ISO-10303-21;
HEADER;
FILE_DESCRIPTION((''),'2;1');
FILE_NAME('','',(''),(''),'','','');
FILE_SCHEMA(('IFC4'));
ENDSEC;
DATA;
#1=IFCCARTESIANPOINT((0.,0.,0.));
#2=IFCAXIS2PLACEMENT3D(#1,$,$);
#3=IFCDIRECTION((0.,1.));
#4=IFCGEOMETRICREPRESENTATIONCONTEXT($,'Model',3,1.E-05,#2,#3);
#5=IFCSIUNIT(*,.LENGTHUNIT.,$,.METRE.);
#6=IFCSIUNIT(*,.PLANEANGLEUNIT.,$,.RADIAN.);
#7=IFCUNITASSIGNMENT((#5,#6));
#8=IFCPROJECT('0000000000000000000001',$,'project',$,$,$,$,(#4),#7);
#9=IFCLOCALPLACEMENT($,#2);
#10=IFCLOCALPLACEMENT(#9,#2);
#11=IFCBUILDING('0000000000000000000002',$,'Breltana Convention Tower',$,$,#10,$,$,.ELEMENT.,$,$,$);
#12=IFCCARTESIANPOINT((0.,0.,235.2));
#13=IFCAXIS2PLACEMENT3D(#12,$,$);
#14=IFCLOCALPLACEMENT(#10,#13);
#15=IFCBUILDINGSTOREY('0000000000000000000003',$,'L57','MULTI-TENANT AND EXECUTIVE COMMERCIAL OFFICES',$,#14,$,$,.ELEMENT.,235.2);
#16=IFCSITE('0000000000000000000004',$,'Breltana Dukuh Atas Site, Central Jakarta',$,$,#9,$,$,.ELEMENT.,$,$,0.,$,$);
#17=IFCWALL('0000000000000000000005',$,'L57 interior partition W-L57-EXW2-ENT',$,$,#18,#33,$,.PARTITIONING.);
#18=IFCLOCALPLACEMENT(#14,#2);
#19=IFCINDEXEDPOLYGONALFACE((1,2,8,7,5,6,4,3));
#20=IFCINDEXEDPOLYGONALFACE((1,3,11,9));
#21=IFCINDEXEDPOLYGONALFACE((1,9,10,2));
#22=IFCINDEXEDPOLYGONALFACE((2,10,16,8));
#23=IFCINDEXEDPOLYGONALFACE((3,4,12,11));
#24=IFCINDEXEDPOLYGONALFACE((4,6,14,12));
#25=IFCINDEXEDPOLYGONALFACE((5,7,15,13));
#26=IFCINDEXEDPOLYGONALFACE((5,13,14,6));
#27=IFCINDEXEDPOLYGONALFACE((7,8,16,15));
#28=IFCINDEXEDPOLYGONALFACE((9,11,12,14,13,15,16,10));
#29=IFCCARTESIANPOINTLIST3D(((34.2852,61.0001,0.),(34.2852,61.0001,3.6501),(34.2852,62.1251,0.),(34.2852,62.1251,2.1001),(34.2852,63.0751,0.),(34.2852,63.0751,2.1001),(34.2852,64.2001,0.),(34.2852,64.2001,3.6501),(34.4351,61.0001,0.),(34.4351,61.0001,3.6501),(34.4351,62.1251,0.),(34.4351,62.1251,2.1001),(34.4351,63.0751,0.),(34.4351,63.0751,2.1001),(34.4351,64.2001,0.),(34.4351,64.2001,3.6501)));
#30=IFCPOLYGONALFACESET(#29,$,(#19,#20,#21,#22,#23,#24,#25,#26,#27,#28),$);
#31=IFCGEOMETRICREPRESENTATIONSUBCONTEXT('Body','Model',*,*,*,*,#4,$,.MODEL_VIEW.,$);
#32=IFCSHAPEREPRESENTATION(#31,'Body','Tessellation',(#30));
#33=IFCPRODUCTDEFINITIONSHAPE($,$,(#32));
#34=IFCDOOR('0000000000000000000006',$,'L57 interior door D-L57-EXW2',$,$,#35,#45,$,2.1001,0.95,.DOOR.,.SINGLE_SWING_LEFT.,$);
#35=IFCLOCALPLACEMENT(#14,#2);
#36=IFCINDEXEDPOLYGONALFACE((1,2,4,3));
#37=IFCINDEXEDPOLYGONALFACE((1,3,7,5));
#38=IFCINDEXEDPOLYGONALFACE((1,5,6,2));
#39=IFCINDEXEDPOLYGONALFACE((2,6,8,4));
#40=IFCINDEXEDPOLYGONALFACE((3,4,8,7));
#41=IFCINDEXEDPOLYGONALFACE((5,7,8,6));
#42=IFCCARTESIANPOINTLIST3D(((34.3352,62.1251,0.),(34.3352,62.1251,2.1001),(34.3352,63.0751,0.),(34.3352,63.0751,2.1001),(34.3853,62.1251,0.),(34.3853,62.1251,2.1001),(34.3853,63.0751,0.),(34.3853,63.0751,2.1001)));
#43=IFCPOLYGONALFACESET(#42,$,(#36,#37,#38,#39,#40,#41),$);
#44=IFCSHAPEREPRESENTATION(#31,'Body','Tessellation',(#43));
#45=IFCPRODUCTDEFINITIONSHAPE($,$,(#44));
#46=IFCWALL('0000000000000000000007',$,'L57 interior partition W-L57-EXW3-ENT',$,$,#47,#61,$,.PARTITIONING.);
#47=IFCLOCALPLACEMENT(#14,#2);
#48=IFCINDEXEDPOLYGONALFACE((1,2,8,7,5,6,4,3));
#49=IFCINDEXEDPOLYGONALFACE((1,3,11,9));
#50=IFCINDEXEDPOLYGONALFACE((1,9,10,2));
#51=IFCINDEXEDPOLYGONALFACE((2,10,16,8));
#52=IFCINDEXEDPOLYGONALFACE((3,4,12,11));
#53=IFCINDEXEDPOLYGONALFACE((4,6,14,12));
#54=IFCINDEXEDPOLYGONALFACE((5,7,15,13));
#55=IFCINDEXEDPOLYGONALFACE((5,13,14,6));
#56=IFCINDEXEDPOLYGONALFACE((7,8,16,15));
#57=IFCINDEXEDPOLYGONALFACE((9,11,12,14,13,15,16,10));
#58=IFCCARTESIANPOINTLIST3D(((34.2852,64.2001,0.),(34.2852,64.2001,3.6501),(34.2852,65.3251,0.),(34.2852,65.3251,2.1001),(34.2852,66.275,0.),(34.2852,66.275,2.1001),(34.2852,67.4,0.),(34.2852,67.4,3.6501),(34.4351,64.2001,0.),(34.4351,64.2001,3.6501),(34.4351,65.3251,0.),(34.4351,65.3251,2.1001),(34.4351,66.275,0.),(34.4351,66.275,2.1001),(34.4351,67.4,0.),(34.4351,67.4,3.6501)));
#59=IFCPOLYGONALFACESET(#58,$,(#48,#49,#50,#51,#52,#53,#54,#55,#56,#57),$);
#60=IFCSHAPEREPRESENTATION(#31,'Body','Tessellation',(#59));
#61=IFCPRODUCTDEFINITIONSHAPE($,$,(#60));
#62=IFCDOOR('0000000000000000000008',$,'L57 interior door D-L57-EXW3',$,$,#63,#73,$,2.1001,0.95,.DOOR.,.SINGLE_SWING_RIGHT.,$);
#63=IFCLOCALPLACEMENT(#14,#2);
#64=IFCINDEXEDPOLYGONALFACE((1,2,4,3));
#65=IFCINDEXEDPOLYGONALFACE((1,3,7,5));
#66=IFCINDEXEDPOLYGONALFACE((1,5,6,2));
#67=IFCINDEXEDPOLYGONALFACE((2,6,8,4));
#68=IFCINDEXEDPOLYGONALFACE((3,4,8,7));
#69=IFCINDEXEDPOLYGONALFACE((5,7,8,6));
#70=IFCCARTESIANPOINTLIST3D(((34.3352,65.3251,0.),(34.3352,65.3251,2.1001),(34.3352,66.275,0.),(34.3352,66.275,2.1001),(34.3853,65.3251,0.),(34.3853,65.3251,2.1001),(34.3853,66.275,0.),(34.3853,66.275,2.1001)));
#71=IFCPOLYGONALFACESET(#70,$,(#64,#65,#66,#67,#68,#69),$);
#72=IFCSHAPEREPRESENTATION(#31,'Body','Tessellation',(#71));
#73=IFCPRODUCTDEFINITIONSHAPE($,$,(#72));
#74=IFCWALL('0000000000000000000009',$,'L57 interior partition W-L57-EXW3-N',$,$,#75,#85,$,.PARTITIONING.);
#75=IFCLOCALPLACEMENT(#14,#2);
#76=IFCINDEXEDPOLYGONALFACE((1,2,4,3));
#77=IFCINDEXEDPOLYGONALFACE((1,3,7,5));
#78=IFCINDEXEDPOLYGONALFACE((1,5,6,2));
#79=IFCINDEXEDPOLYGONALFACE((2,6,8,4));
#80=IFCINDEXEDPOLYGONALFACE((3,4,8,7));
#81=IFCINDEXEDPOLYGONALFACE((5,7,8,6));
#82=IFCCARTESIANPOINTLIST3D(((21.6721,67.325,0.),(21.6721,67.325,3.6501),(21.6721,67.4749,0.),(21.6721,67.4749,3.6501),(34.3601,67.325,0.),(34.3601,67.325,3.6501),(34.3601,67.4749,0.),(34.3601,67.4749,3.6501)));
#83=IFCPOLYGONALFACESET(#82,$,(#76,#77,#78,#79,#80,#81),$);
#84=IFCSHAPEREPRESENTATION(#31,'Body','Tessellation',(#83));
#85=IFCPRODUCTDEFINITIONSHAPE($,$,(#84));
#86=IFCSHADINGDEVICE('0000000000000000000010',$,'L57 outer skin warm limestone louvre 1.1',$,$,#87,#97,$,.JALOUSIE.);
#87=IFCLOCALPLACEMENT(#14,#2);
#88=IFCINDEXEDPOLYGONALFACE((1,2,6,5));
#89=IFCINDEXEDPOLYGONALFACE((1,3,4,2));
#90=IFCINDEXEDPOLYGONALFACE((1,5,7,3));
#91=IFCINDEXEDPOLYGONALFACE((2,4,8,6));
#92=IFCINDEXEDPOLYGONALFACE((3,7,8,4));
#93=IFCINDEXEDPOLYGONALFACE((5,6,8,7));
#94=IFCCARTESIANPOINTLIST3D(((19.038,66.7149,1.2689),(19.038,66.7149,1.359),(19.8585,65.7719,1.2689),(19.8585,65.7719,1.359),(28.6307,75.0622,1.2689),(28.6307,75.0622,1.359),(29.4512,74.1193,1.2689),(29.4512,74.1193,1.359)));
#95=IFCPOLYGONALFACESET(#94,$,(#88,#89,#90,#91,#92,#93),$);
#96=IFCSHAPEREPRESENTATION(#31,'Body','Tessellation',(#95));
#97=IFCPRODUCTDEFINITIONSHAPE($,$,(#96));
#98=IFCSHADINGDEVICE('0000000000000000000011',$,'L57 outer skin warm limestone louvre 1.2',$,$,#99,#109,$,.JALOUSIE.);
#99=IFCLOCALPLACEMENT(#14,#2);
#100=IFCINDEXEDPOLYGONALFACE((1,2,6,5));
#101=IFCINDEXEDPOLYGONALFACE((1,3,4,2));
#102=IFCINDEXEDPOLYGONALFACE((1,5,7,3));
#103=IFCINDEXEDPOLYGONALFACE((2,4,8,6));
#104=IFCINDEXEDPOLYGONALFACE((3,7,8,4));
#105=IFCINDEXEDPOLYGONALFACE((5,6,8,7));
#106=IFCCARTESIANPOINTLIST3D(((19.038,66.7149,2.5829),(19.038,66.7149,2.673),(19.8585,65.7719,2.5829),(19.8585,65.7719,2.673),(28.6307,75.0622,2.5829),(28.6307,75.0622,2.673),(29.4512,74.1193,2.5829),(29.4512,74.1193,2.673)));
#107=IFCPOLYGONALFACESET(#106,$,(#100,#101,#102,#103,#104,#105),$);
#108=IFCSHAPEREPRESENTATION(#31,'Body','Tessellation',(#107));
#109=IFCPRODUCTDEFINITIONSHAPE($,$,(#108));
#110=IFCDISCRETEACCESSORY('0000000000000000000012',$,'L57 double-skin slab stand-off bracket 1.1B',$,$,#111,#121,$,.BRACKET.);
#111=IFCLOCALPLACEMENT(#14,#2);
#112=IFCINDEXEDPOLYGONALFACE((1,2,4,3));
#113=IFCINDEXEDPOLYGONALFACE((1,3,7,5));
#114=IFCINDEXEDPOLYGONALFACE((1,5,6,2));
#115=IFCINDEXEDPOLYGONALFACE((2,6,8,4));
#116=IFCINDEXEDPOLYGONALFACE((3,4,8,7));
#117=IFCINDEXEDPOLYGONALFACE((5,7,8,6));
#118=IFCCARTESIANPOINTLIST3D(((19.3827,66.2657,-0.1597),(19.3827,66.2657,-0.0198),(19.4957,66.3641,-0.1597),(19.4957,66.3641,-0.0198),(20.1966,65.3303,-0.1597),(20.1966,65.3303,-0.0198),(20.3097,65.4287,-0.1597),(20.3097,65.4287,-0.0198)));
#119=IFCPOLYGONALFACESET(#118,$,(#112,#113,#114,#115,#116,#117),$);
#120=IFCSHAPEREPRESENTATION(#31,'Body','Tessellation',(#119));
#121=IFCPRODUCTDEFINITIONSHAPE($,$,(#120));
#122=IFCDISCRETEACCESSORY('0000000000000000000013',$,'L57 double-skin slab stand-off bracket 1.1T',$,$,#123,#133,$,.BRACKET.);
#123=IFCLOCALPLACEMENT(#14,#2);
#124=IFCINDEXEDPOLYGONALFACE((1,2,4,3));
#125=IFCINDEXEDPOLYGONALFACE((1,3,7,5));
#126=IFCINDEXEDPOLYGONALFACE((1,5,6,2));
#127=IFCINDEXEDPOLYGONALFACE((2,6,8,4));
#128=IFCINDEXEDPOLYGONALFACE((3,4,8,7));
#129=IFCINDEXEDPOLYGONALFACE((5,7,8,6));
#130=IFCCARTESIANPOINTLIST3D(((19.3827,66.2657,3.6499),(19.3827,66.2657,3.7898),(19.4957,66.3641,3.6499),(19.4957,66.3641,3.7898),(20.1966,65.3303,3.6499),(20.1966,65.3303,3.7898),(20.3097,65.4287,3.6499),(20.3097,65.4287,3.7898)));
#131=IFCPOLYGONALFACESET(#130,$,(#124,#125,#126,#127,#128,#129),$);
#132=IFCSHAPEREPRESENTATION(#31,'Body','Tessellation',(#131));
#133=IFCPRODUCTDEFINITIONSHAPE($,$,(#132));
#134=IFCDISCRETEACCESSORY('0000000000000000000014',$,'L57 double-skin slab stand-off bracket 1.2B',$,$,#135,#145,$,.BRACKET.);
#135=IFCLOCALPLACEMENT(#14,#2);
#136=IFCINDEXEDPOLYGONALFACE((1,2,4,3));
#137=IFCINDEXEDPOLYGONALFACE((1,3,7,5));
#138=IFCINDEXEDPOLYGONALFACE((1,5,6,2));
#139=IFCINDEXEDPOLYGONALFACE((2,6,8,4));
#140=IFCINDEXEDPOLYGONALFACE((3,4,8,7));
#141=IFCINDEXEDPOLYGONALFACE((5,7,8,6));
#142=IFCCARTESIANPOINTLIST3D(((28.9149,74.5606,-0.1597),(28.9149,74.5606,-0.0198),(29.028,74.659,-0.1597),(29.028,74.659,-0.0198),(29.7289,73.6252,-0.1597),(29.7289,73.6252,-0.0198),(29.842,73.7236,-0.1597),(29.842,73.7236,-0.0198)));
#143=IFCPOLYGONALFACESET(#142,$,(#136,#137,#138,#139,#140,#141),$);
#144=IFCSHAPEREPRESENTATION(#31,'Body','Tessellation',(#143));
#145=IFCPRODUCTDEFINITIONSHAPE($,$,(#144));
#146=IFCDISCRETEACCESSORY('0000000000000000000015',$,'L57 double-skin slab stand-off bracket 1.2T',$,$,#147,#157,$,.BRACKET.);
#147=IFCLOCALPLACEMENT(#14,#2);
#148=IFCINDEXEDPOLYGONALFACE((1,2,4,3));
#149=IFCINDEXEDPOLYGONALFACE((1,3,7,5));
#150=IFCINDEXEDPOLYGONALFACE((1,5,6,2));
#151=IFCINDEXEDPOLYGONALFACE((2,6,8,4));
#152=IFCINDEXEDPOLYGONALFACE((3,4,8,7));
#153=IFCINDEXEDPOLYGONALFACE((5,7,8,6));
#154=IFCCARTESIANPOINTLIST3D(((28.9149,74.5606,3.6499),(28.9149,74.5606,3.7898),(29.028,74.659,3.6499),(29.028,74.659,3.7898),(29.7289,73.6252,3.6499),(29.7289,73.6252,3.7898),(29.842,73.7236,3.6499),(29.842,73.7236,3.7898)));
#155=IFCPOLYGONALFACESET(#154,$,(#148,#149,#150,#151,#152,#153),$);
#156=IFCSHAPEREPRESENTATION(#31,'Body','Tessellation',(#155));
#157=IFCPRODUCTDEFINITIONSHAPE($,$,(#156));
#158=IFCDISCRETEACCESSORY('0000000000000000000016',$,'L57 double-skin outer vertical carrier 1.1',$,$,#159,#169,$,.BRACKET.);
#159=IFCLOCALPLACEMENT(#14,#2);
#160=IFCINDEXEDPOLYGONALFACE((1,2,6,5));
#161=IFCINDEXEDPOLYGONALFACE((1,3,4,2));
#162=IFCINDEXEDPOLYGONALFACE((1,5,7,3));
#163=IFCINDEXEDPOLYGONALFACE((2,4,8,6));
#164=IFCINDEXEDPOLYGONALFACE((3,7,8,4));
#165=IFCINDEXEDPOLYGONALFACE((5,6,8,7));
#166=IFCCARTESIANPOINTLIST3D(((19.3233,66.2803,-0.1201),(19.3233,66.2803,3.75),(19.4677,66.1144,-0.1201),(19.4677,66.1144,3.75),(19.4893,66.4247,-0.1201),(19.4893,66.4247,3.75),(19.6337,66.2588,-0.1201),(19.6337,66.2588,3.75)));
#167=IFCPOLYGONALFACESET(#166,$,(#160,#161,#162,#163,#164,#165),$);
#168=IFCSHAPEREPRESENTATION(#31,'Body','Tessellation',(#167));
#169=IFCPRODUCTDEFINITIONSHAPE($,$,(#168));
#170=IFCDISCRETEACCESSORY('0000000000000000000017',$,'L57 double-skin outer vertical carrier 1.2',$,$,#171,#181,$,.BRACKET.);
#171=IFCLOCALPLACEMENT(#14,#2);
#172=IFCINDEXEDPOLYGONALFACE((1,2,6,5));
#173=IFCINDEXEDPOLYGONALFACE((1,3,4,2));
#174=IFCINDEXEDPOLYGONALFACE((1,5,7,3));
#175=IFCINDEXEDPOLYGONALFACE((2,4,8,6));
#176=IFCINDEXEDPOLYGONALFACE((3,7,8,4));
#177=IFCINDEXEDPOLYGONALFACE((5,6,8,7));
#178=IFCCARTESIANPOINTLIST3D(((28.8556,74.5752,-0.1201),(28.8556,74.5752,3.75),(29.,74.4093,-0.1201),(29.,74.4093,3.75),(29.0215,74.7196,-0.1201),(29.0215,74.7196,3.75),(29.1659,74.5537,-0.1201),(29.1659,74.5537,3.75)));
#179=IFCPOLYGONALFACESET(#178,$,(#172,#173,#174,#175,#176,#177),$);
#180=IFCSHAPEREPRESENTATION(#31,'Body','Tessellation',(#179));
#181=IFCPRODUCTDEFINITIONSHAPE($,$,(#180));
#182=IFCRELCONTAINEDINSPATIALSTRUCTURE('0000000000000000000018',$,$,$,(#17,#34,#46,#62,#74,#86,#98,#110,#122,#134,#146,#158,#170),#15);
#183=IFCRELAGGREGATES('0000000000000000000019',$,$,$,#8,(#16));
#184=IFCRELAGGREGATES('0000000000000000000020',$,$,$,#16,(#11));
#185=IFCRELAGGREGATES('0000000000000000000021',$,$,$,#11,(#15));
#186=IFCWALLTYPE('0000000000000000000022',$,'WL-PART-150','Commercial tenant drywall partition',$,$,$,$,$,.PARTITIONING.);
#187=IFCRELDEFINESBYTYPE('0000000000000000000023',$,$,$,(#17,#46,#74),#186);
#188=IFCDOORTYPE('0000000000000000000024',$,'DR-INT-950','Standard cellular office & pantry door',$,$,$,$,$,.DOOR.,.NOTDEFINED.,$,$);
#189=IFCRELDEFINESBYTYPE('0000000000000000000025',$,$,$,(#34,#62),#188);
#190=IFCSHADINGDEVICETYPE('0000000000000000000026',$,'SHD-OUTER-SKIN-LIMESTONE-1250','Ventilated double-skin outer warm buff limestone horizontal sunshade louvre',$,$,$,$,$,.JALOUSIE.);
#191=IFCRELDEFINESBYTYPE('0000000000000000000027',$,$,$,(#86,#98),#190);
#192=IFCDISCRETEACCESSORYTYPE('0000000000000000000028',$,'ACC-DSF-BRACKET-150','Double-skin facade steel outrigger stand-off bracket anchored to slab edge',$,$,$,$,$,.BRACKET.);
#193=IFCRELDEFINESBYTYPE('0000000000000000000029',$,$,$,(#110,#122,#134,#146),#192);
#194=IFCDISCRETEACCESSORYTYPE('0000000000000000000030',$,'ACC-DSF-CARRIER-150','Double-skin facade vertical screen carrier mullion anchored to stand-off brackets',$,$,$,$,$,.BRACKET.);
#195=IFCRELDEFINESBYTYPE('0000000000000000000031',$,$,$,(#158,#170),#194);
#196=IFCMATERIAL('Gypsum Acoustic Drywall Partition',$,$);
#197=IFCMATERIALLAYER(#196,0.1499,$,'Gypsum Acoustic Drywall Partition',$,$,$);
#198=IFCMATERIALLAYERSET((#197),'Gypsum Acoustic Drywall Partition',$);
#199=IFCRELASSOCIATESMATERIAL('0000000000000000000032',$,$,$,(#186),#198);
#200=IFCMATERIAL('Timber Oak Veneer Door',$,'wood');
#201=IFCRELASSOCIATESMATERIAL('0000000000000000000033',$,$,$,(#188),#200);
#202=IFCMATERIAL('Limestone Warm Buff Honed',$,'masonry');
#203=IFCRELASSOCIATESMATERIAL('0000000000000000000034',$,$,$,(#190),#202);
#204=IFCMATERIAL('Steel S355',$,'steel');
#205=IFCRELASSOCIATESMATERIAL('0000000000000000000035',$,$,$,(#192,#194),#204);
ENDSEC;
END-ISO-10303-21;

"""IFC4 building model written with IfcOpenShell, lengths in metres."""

from ifc_helpers import new_model, si_unit, direction, frame, frame_2d, origin, origin_2d, place, context, subcontext, project, spatial, rectangle, extrude, source, transform, mapped, material, layer, layer_set, material_profile, profile_set, type_object, type_shapes, element, fill, save


model = new_model("IFC4")

# Units and contexts
model_context = context("Model", 3, precision=1e-05, world=origin(), true_north=direction((0.0, 1.0)))
body_context = subcontext(model_context, "Body", "Model", "MODEL_VIEW")
ifc_project = project(units=[si_unit("LENGTHUNIT", "METRE"), si_unit("PLANEANGLEUNIT", "RADIAN")], contexts=[model_context])

# Site, building, storey
site_placement = place(None, origin())
site = spatial("IfcSite", under=ifc_project, at=site_placement, Name="Breltana Dukuh Atas Site, Central Jakarta", CompositionType="ELEMENT", RefElevation=0.0)
building_placement = place(site_placement, origin())
building = spatial("IfcBuilding", under=site, at=building_placement, Name="Breltana Convention Tower", CompositionType="ELEMENT")
storey_placement = place(building_placement, frame((0.0, 0.0, 235.2)))
storey = spatial("IfcBuildingStorey", under=building, at=storey_placement, Name="L57", Description="MULTI-TENANT AND EXECUTIVE COMMERCIAL OFFICES", CompositionType="ELEMENT", Elevation=235.2)

# Shared definitions
ifc_material_1 = material(Name="Gypsum Acoustic Drywall Partition")
ifc_layer_1 = layer(ifc_material_1, 0.1499, Name="Gypsum Acoustic Drywall Partition")
ifc_layer_set_1 = layer_set([ifc_layer_1], Name="Gypsum Acoustic Drywall Partition")
wall_type_1 = type_object("IfcWallType", Name="WL-PART-150", Description="Commercial tenant drywall partition", PredefinedType="PARTITIONING", material=ifc_layer_set_1)

# Walls, openings, doors
shared_shape_1 = source(origin(), body_context, "Body", "SweptSolid", [
    extrude(rectangle(XDim=3.2, YDim=0.1499, at=frame_2d((1.6001, 0.0))), origin(), (0.0, 0.0, 1.0), 3.6501),
])
wall_1_placement = place(storey_placement, frame((34.3601, 61.0, 0.0), z_axis=(0.0, 0.0, 1.0), x_axis=(0.0, 1.0, 0.0)))
wall_1 = element("IfcWall", 1, at=wall_1_placement, inside=storey, type_object=wall_type_1, Name="L57 interior partition W-L57-EXW2-ENT", PredefinedType="PARTITIONING", context=body_context, shape_type="MappedRepresentation", body=[
    mapped(shared_shape_1, transform((0.0, 0.0, 0.0), scale=1.0)),
])
opening_1_placement = place(wall_1_placement, frame((1.125, 0.0, 0.0)))
opening_1 = element("IfcOpeningElement", 2, at=opening_1_placement, cuts=wall_1, PredefinedType="OPENING", context=body_context, shape_type="SweptSolid", body=[
    extrude(rectangle(XDim=0.95, YDim=2.1001, at=frame_2d((0.4751, 1.05))), frame((0.0, 0.085, 0.0), z_axis=(0.0, -1.0, 0.0), x_axis=(1.0, 0.0, 0.0)), (0.0, 0.0, 1.0), 0.1699),
])
ifc_material_2 = material(Name="Timber Oak Veneer Door", Category="wood")
door_type_1 = type_object("IfcDoorType", Name="DR-INT-950", Description="Standard cellular office & pantry door", OperationType="NOTDEFINED", PredefinedType="DOOR", material=ifc_material_2)
shared_shape_2 = source(origin(), body_context, "Body", "SweptSolid", [
    extrude(rectangle(XDim=0.95, YDim=2.1001, at=frame_2d((0.4751, 1.05))), frame((0.0, 0.0249, 0.0), z_axis=(0.0, -1.0, 0.0), x_axis=(1.0, 0.0, 0.0)), (0.0, 0.0, 1.0), 0.05),
])
type_shapes(door_type_1, [shared_shape_2])
door_1_placement = place(opening_1_placement, origin())
door_1 = element("IfcDoor", 3, at=door_1_placement, inside=storey, type_object=door_type_1, Name="L57 interior door D-L57-EXW2", OperationType="SINGLE_SWING_LEFT", OverallHeight=2.1001, OverallWidth=0.95, PredefinedType="DOOR", context=body_context, shape_type="MappedRepresentation", body=[
    mapped(shared_shape_2, transform((0.0, 0.0, 0.0), scale=1.0)),
])
fill(opening_1, door_1)
wall_2_placement = place(storey_placement, frame((34.3601, 64.2, 0.0), z_axis=(0.0, 0.0, 1.0), x_axis=(0.0, 1.0, 0.0)))
wall_2 = element("IfcWall", 4, at=wall_2_placement, inside=storey, type_object=wall_type_1, Name="L57 interior partition W-L57-EXW3-ENT", PredefinedType="PARTITIONING", context=body_context, shape_type="MappedRepresentation", body=[
    mapped(shared_shape_1, transform((0.0, 0.0, 0.0), scale=1.0)),
])
opening_2_placement = place(wall_2_placement, frame((1.125, 0.0, 0.0)))
opening_2 = element("IfcOpeningElement", 5, at=opening_2_placement, cuts=wall_2, PredefinedType="OPENING", context=body_context, shape_type="SweptSolid", body=[
    extrude(rectangle(XDim=0.95, YDim=2.1001, at=frame_2d((0.4751, 1.05))), frame((0.0, 0.085, 0.0), z_axis=(0.0, -1.0, 0.0), x_axis=(1.0, 0.0, 0.0)), (0.0, 0.0, 1.0), 0.1699),
])
door_2_placement = place(opening_2_placement, origin())
door_2 = element("IfcDoor", 6, at=door_2_placement, inside=storey, type_object=door_type_1, Name="L57 interior door D-L57-EXW3", OperationType="SINGLE_SWING_RIGHT", OverallHeight=2.1001, OverallWidth=0.95, PredefinedType="DOOR", context=body_context, shape_type="MappedRepresentation", body=[
    mapped(shared_shape_2, transform((0.0, 0.0, 0.0), scale=1.0)),
])
fill(opening_2, door_2)

# Wall
shared_shape_3 = source(origin(), body_context, "Body", "SweptSolid", [
    extrude(rectangle(XDim=12.688, YDim=0.1499, at=frame_2d((6.344, 0.0))), origin(), (0.0, 0.0, 1.0), 3.6501),
])
wall_3_placement = place(storey_placement, frame((21.6721, 67.3999, 0.0), z_axis=(0.0, 0.0, 1.0), x_axis=(1.0, 0.0, 0.0)))
element("IfcWall", 7, at=wall_3_placement, inside=storey, type_object=wall_type_1, Name="L57 interior partition W-L57-EXW3-N", PredefinedType="PARTITIONING", context=body_context, shape_type="MappedRepresentation", body=[
    mapped(shared_shape_3, transform((0.0, 0.0, 0.0), scale=1.0)),
])

# Shading devices
ifc_material_3 = material(Name="Limestone Warm Buff Honed", Category="masonry")
ifc_material_profile_1 = material_profile(ifc_material_3, rectangle(XDim=1.25, YDim=0.0901, at=origin_2d()), Name="STN-LVR-1250X90")
ifc_profile_set_1 = profile_set([ifc_material_profile_1], Name="Limestone Warm Buff Honed")
shading_device_type = type_object("IfcShadingDeviceType", Name="SHD-OUTER-SKIN-LIMESTONE-1250", Description="Ventilated double-skin outer warm buff limestone horizontal sunshade louvre", PredefinedType="JALOUSIE", material=ifc_profile_set_1)
shared_shape_4 = source(origin(), body_context, "Body", "SweptSolid", [
    extrude(rectangle(XDim=1.25, YDim=0.0901, at=origin_2d()), origin(), (0.0, 0.0, 1.0), 12.7161),
])
for number, where, z_axis, x_axis, name in (
    (8, (19.4482, 66.2434, 1.314), (0.754377, 0.656442, 0.0), (-0.656442, 0.754377, 0.0), "L57 outer skin warm limestone louvre 1.1"),
    (9, (19.4482, 66.2434, 2.6279), (0.754377, 0.656442, 0.0), (-0.656442, 0.754377, 0.0), "L57 outer skin warm limestone louvre 1.2"),
):
    element("IfcShadingDevice", number, at=place(storey_placement, frame(where, z_axis=z_axis, x_axis=x_axis)), inside=storey, type_object=shading_device_type, Name=name, PredefinedType="JALOUSIE", context=body_context, shape_type="MappedRepresentation", body=[
        mapped(shared_shape_4, transform((0.0, 0.0, 0.0), scale=1.0)),
    ])

# Discrete accessories
ifc_material_4 = material(Name="Steel S355", Category="steel")
discrete_accessory_type_1 = type_object("IfcDiscreteAccessoryType", Name="ACC-DSF-BRACKET-150", Description="Double-skin facade steel outrigger stand-off bracket anchored to slab edge", PredefinedType="BRACKET", material=ifc_material_4)
shared_shape_5 = source(origin(), body_context, "Body", "SweptSolid", [
    extrude(rectangle(XDim=1.24, YDim=0.1499, at=origin_2d()), origin(), (0.0, 0.0, 1.0), 0.1399),
])
type_shapes(discrete_accessory_type_1, [shared_shape_5])
for number, where, z_axis, x_axis, name in (
    (10, (19.8462, 65.8472, -0.1597), (0.0, 0.0, 1.0), (-0.65645, 0.754369, 0.0), "L57 double-skin slab stand-off bracket 1.1B"),
    (11, (19.8462, 65.8472, 3.6499), (0.0, 0.0, 1.0), (-0.65645, 0.754369, 0.0), "L57 double-skin slab stand-off bracket 1.1T"),
    (12, (29.3784, 74.1421, -0.1597), (0.0, 0.0, 1.0), (-0.65645, 0.754369, 0.0), "L57 double-skin slab stand-off bracket 1.2B"),
    (13, (29.3784, 74.1421, 3.6499), (0.0, 0.0, 1.0), (-0.65645, 0.754369, 0.0), "L57 double-skin slab stand-off bracket 1.2T"),
):
    element("IfcDiscreteAccessory", number, at=place(storey_placement, frame(where, z_axis=z_axis, x_axis=x_axis)), inside=storey, type_object=discrete_accessory_type_1, Name=name, PredefinedType="BRACKET", context=body_context, shape_type="MappedRepresentation", body=[
        mapped(shared_shape_5, transform((0.0, 0.0, 0.0), scale=1.0)),
    ])
discrete_accessory_type_2 = type_object("IfcDiscreteAccessoryType", Name="ACC-DSF-CARRIER-150", Description="Double-skin facade vertical screen carrier mullion anchored to stand-off brackets", PredefinedType="BRACKET", material=ifc_material_4)
shared_shape_6 = source(origin(), body_context, "Body", "SweptSolid", [
    extrude(rectangle(XDim=0.22, YDim=0.22, at=origin_2d()), origin(), (0.0, 0.0, 1.0), 3.8701),
])
for number, where, z_axis, x_axis, name in (
    (14, (19.4785, 66.2695, -0.1201), (0.0, 0.0, 1.0), (-0.65645, 0.754369, 0.0), "L57 double-skin outer vertical carrier 1.1"),
    (15, (29.0107, 74.5645, -0.1201), (0.0, 0.0, 1.0), (-0.65645, 0.754369, 0.0), "L57 double-skin outer vertical carrier 1.2"),
):
    element("IfcDiscreteAccessory", number, at=place(storey_placement, frame(where, z_axis=z_axis, x_axis=x_axis)), inside=storey, type_object=discrete_accessory_type_2, Name=name, PredefinedType="BRACKET", context=body_context, shape_type="MappedRepresentation", body=[
        mapped(shared_shape_6, transform((0.0, 0.0, 0.0), scale=1.0)),
    ])

save(model, "model.ifc")
